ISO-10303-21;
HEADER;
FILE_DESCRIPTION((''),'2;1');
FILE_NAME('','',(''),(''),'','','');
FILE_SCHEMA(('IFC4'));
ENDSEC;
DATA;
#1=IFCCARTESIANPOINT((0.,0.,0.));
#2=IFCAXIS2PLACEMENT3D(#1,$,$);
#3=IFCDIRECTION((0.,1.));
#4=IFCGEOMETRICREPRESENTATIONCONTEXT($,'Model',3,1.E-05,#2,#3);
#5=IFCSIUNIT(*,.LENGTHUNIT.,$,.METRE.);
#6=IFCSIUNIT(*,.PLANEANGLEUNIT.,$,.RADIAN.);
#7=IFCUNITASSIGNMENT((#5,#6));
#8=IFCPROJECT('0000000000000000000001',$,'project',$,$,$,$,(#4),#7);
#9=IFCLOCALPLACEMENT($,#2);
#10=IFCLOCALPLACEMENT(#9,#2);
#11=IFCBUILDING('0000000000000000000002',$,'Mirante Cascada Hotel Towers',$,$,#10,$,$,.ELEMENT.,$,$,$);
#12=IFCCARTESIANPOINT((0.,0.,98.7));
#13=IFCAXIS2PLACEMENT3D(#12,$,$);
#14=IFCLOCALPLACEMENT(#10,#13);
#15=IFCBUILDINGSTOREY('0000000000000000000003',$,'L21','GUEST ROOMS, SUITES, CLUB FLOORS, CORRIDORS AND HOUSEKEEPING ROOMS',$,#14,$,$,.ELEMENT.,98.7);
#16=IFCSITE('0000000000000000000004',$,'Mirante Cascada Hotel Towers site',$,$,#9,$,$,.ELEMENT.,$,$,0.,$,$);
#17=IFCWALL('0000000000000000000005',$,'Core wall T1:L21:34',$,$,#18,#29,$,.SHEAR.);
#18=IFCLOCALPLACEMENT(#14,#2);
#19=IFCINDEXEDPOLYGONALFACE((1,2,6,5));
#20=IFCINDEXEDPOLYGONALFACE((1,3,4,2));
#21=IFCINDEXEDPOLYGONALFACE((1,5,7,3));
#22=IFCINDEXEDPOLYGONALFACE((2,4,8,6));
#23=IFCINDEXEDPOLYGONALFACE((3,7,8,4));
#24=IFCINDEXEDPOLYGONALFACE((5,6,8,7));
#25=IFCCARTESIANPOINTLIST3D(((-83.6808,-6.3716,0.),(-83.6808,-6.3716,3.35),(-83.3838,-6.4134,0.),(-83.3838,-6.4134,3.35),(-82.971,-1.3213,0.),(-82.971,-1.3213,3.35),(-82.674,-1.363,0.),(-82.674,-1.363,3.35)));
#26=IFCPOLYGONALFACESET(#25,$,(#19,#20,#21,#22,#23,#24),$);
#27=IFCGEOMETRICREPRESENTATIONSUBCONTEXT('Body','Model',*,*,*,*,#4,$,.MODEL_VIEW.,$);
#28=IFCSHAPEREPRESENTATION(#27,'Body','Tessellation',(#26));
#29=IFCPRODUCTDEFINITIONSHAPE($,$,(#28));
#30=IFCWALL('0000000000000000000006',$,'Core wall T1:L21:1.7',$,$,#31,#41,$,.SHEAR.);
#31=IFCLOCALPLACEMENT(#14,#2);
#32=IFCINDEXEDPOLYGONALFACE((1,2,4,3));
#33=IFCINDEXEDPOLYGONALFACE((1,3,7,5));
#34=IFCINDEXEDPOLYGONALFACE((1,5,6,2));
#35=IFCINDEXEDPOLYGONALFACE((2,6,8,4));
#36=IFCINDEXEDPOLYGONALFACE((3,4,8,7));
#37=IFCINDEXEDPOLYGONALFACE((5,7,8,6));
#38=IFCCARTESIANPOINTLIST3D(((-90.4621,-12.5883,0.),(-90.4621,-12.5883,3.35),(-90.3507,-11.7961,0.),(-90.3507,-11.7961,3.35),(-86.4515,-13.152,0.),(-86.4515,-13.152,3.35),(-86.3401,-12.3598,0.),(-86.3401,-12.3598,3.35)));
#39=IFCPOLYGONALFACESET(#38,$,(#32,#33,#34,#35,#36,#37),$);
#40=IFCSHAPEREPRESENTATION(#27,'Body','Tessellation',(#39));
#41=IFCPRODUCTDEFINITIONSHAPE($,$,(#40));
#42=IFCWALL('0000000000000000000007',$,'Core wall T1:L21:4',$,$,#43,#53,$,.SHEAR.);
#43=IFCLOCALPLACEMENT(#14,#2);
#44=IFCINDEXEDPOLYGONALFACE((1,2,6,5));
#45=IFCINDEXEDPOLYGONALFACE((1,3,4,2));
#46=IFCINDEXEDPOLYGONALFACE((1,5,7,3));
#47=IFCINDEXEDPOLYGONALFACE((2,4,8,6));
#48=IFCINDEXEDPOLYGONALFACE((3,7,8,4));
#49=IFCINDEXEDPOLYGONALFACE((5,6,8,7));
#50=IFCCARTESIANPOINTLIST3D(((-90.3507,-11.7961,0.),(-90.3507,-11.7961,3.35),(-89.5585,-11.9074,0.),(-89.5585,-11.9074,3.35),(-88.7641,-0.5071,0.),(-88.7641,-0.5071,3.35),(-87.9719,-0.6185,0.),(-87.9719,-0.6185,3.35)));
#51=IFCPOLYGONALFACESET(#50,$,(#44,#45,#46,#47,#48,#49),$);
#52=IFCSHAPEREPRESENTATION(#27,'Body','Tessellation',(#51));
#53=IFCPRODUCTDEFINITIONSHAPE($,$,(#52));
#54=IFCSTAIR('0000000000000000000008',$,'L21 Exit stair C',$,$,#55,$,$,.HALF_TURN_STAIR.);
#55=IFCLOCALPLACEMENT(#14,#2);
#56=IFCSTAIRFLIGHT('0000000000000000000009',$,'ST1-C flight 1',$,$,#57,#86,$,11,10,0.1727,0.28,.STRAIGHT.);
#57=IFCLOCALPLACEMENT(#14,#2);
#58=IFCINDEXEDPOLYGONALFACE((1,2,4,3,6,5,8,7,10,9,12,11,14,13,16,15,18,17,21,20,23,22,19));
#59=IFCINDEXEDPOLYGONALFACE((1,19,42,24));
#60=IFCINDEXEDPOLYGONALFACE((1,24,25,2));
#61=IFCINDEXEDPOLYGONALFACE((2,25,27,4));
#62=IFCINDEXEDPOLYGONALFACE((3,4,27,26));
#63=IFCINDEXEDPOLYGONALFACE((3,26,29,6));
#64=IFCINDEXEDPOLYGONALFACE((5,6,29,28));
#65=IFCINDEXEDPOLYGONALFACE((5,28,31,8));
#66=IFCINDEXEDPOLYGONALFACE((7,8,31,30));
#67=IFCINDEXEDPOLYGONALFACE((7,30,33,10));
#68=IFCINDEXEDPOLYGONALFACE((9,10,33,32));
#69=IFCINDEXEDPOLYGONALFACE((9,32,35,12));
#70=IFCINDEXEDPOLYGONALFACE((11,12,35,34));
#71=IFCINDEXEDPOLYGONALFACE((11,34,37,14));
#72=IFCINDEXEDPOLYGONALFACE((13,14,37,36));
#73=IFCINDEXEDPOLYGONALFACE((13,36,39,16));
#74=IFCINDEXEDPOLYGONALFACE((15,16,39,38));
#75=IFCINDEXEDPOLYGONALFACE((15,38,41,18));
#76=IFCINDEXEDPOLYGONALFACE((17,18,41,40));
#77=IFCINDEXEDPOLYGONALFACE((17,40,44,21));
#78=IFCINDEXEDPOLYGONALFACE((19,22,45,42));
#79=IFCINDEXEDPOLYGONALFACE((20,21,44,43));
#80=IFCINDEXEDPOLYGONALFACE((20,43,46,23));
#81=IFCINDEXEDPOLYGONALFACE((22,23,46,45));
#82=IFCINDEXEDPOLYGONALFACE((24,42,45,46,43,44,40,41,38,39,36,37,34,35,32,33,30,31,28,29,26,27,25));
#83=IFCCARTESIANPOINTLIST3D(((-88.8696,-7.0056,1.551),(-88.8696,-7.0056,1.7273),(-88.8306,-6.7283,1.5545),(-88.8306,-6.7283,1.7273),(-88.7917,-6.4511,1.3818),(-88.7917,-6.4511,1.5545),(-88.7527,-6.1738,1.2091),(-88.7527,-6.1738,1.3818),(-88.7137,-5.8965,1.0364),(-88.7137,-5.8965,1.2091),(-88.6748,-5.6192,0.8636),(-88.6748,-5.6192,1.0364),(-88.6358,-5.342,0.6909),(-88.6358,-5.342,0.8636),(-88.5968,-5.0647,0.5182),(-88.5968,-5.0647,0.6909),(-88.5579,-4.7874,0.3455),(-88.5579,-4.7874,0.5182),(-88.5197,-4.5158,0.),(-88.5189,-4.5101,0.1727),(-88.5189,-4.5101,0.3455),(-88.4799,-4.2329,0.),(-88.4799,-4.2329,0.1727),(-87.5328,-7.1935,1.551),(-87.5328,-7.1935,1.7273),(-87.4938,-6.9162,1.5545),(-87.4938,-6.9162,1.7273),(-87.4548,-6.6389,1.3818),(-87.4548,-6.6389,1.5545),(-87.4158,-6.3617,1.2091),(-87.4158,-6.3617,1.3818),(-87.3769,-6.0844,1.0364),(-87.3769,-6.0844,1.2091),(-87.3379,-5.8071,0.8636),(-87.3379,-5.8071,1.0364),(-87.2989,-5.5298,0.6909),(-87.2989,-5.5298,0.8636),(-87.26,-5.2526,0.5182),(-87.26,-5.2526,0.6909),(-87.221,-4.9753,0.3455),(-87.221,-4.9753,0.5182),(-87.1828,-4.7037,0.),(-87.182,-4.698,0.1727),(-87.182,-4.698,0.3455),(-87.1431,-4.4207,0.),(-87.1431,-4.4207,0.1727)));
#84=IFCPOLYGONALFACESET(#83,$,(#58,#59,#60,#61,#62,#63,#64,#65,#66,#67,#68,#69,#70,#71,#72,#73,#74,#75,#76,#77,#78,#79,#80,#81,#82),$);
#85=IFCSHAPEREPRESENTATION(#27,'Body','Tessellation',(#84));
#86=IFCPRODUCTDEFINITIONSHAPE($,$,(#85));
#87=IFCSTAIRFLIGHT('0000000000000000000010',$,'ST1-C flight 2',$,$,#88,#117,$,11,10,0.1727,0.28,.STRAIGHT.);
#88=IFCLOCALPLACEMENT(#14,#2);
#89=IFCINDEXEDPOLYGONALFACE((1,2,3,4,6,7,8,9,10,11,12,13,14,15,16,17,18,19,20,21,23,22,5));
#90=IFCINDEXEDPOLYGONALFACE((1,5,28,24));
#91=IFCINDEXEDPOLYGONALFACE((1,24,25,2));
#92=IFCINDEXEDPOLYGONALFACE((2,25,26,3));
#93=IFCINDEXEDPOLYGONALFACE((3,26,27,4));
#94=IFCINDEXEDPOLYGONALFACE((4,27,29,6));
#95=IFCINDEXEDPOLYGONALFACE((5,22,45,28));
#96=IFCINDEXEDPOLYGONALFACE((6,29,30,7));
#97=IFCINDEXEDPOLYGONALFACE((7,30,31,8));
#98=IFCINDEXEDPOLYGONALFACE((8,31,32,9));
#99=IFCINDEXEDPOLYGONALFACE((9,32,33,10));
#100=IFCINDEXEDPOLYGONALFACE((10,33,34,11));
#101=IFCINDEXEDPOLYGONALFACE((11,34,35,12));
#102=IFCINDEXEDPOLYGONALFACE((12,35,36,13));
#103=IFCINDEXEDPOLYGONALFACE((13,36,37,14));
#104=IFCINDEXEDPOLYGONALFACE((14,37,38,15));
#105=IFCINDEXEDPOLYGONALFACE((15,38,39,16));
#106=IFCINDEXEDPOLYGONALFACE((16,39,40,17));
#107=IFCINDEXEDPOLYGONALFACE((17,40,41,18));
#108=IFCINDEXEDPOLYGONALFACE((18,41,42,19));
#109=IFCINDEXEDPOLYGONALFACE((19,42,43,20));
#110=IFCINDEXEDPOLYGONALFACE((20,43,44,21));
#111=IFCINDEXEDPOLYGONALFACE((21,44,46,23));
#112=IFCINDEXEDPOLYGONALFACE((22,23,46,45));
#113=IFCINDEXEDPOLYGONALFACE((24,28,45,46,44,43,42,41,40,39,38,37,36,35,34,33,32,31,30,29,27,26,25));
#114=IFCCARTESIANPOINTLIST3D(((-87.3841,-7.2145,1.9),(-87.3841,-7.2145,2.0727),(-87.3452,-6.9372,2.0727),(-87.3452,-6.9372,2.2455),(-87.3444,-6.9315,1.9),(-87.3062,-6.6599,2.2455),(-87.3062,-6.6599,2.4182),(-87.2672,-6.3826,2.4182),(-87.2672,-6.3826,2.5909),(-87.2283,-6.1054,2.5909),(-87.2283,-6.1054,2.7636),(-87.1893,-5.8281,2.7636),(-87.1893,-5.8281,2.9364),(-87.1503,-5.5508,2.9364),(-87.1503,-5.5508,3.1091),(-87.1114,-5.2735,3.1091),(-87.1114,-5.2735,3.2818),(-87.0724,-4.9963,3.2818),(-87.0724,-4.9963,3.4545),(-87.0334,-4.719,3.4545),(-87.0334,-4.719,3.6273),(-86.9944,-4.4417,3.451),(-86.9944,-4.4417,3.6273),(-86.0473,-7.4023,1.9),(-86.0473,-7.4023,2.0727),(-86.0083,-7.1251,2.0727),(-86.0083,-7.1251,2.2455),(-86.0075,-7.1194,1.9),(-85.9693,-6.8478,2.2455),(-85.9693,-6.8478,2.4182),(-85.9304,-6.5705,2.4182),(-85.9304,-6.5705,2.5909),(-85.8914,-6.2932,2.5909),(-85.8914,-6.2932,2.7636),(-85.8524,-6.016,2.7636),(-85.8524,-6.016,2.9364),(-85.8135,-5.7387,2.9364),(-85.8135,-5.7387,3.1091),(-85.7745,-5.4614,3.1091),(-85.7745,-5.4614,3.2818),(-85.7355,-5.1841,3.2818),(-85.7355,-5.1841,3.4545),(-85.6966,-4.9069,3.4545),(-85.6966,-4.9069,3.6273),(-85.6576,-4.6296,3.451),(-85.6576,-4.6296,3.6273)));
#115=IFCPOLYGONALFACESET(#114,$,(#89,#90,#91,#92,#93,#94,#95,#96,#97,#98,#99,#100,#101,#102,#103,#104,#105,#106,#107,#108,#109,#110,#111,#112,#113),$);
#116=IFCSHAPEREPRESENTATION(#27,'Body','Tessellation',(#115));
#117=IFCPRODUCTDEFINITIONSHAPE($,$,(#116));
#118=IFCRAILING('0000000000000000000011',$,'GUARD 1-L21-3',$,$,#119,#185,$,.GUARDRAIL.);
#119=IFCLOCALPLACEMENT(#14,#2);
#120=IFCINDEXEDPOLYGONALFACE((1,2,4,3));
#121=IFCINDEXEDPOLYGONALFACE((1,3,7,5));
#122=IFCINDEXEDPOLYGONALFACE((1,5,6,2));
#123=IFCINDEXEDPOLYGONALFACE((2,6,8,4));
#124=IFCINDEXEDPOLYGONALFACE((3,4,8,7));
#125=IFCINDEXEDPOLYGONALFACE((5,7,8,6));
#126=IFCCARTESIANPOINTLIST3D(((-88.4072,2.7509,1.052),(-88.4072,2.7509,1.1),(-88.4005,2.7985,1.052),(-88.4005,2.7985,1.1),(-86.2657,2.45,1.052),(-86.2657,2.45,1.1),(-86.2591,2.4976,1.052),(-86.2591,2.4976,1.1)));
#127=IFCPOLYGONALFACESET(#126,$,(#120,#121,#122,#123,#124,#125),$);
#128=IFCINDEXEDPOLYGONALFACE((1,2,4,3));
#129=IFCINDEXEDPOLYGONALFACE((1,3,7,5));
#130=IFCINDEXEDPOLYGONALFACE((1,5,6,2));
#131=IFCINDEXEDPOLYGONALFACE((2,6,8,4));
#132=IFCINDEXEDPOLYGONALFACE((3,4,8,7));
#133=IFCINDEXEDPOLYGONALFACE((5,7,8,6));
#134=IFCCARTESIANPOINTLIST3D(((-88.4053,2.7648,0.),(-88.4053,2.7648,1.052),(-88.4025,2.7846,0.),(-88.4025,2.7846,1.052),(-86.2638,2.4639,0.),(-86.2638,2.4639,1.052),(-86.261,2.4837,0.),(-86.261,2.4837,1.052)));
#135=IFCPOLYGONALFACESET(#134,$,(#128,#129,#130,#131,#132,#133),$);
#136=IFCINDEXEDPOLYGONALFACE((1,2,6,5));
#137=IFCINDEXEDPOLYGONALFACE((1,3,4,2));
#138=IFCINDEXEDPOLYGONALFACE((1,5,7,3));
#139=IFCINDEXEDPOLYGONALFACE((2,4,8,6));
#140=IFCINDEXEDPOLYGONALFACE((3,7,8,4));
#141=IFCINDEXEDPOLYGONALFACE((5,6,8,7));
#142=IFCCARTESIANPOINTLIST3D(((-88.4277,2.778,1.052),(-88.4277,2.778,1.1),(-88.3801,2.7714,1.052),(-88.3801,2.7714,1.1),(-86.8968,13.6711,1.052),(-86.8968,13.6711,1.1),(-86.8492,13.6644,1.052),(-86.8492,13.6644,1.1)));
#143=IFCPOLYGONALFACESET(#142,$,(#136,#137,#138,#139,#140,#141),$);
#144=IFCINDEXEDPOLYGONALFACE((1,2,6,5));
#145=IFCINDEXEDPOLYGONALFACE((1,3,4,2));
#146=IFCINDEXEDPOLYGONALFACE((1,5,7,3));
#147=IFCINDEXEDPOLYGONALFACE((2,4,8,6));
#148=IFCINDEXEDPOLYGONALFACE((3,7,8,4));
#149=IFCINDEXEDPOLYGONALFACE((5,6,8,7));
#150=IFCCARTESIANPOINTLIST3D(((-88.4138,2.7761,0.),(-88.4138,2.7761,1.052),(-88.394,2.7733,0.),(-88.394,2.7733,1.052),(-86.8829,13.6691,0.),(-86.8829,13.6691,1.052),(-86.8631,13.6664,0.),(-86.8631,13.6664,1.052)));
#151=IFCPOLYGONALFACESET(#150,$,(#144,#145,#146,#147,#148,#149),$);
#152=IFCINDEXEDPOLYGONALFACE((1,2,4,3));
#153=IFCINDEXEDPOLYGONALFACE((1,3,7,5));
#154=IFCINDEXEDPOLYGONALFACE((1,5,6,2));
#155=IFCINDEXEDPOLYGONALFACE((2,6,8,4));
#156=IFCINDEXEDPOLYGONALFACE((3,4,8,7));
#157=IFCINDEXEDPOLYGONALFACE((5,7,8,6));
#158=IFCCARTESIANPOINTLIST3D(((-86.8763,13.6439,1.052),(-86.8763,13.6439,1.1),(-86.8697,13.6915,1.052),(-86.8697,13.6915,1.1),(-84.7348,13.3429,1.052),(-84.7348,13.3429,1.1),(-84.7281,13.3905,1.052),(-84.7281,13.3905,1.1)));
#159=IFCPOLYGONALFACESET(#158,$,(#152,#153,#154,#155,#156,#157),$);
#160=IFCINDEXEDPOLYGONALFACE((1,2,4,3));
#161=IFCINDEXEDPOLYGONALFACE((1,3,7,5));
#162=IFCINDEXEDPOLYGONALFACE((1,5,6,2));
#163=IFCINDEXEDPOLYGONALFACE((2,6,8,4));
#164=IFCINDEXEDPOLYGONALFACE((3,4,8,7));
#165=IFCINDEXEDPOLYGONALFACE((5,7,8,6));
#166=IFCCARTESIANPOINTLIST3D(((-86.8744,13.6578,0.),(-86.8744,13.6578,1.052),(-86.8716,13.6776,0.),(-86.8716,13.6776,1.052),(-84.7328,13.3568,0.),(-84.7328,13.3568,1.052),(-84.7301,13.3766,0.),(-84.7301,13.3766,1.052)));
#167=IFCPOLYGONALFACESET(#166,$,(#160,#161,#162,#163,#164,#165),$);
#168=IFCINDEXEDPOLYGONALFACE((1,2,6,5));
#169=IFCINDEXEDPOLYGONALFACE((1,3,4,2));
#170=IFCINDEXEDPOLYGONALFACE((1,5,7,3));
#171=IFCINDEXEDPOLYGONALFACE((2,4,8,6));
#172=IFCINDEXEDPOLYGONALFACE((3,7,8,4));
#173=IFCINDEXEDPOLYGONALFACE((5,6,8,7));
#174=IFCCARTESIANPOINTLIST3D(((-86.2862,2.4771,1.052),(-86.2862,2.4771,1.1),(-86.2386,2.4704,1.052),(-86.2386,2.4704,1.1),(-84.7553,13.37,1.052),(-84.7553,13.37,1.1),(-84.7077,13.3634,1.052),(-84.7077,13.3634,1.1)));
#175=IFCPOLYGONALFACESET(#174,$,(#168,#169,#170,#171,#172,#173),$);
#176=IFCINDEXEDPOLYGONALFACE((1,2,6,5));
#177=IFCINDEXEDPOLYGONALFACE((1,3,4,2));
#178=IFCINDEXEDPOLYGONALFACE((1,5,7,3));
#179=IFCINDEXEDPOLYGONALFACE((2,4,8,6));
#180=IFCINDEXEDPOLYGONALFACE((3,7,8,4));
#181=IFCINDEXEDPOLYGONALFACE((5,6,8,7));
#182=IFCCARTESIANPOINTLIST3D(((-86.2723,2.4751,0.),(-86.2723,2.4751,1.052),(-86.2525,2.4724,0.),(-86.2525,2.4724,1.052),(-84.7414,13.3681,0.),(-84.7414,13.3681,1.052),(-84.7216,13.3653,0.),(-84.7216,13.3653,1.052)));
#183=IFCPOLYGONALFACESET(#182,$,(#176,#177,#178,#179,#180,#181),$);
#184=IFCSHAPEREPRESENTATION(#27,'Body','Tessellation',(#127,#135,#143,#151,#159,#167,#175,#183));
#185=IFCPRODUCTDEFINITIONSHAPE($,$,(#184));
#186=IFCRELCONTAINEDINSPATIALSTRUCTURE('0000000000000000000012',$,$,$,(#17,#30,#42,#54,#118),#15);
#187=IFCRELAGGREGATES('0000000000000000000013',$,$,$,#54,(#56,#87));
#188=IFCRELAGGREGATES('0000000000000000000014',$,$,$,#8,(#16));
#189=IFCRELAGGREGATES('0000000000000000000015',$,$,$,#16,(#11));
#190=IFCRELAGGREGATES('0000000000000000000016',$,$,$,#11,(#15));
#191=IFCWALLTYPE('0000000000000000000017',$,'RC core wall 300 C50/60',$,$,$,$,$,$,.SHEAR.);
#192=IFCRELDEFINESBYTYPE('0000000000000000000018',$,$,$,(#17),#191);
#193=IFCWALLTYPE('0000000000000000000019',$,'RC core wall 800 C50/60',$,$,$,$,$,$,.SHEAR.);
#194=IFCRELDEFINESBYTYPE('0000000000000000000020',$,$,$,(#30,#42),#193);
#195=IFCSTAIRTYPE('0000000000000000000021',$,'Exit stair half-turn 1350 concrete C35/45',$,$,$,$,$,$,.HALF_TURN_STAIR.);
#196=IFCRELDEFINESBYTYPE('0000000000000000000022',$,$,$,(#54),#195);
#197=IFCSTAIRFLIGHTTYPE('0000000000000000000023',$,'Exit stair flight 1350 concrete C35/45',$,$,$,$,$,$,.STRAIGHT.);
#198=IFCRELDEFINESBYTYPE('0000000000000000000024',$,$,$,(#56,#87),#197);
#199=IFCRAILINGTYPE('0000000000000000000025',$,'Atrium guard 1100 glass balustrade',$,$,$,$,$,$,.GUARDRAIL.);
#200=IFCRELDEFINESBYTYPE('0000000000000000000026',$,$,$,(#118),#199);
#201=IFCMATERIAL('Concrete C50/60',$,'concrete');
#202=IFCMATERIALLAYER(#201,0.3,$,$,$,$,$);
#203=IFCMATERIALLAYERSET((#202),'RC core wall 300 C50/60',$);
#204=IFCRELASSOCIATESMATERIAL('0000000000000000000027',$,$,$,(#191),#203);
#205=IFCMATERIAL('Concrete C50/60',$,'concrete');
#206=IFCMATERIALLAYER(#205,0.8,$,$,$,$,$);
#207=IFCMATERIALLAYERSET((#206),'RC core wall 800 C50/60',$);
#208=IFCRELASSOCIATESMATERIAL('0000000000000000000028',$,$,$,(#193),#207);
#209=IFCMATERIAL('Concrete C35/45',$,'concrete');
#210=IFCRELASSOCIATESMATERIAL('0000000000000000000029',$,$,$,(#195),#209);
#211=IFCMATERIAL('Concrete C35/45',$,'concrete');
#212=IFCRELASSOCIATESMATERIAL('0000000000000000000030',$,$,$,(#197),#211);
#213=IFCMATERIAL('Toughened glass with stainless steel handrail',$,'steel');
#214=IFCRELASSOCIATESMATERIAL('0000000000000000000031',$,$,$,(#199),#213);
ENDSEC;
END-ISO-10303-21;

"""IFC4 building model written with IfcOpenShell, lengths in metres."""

from ifc_helpers import new_model, si_unit, direction, frame, frame_2d, origin, origin_2d, place, context, subcontext, project, spatial, polyline, rectangle, outline, extrude, material, layer, layer_set, type_object, element, aggregate, save


model = new_model("IFC4")

# Units and contexts
model_context = context("Model", 3, precision=1e-05, world=origin(), true_north=direction((0.0, 1.0)))
body_context = subcontext(model_context, "Body", "Model", "MODEL_VIEW")
ifc_project = project(units=[si_unit("LENGTHUNIT", "METRE"), si_unit("PLANEANGLEUNIT", "RADIAN")], contexts=[model_context])

# Site, building, storey
site_placement = place(None, origin())
site = spatial("IfcSite", under=ifc_project, at=site_placement, Name="Mirante Cascada Hotel Towers site", CompositionType="ELEMENT", RefElevation=0.0)
building_placement = place(site_placement, origin())
building = spatial("IfcBuilding", under=site, at=building_placement, Name="Mirante Cascada Hotel Towers", CompositionType="ELEMENT")
storey_placement = place(building_placement, frame((0.0, 0.0, 98.7)))
storey = spatial("IfcBuildingStorey", under=building, at=storey_placement, Name="L21", Description="GUEST ROOMS, SUITES, CLUB FLOORS, CORRIDORS AND HOUSEKEEPING ROOMS", CompositionType="ELEMENT", Elevation=98.7)

# Shared definitions
ifc_material_1 = material(Name="Concrete C50/60", Category="concrete")
ifc_layer_1 = layer(ifc_material_1, 0.3)
ifc_layer_set_1 = layer_set([ifc_layer_1], Name="RC core wall 300 C50/60")
wall_type_1 = type_object("IfcWallType", Name="RC core wall 300 C50/60", PredefinedType="SHEAR", material=ifc_layer_set_1)

# Walls
wall_1_placement = place(storey_placement, frame((-83.5323, -6.3925, 0.0), z_axis=(0.0, 0.0, 1.0), x_axis=(0.139176, 0.990268, 0.0)))
element("IfcWall", 1, at=wall_1_placement, inside=storey, type_object=wall_type_1, Name="Core wall T1:L21:34", PredefinedType="SHEAR", context=body_context, shape_type="SweptSolid", body=[
    extrude(rectangle(XDim=5.1, YDim=0.3, at=frame_2d((2.55, 0.0))), origin(), (0.0, 0.0, 1.0), 3.35),
])
ifc_material_2 = material(Name="Concrete C50/60", Category="concrete")
ifc_layer_2 = layer(ifc_material_2, 0.8)
ifc_layer_set_2 = layer_set([ifc_layer_2], Name="RC core wall 800 C50/60")
wall_type_2 = type_object("IfcWallType", Name="RC core wall 800 C50/60", PredefinedType="SHEAR", material=ifc_layer_set_2)
wall_2_placement = place(storey_placement, frame((-86.3958, -12.7559, 0.0), z_axis=(0.0, 0.0, 1.0), x_axis=(-0.990267, 0.139184, 0.0)))
element("IfcWall", 2, at=wall_2_placement, inside=storey, type_object=wall_type_2, Name="Core wall T1:L21:1.7", PredefinedType="SHEAR", context=body_context, shape_type="SweptSolid", body=[
    extrude(rectangle(XDim=4.05, YDim=0.8, at=frame_2d((2.025, 0.0))), origin(), (0.0, 0.0, 1.0), 3.35),
])
wall_3_placement = place(storey_placement, frame((-89.9546, -11.8518, 0.0), z_axis=(0.0, 0.0, 1.0), x_axis=(0.139176, 0.990268, 0.0)))
element("IfcWall", 3, at=wall_3_placement, inside=storey, type_object=wall_type_2, Name="Core wall T1:L21:4", PredefinedType="SHEAR", context=body_context, shape_type="SweptSolid", body=[
    extrude(rectangle(XDim=11.3999, YDim=0.8, at=frame_2d((5.7, 0.0))), origin(), (0.0, 0.0, 1.0), 3.35),
])

# Stair, stair flights
ifc_material_3 = material(Name="Concrete C35/45", Category="concrete")
stair_type = type_object("IfcStairType", Name="Exit stair half-turn 1350 concrete C35/45", PredefinedType="HALF_TURN_STAIR", material=ifc_material_3)
stair_placement = place(storey_placement, origin())
stair = element("IfcStair", 4, at=stair_placement, inside=storey, type_object=stair_type, Name="L21 Exit stair C", PredefinedType="HALF_TURN_STAIR")
ifc_material_4 = material(Name="Concrete C35/45", Category="concrete")
stair_flight_type = type_object("IfcStairFlightType", Name="Exit stair flight 1350 concrete C35/45", PredefinedType="STRAIGHT", material=ifc_material_4)
stair_flight_1_placement = place(storey_placement, frame((-87.8115, -4.3268, 0.0), z_axis=(0.0, 0.0, 1.0), x_axis=(-0.139173, -0.990268, 0.0)))
stair_flight_1 = element("IfcStairFlight", 5, at=stair_flight_1_placement, type_object=stair_flight_type, Name="ST1-C flight 1", NumberOfRisers=11, NumberOfTreads=10, PredefinedType="STRAIGHT", RiserHeight=0.1727, TreadLength=0.28, context=body_context, shape_type="SweptSolid", body=[
    extrude(outline(polyline([(0.0, 0.0), (0.0, 0.1727), (0.28, 0.1727), (0.28, 0.3455), (0.56, 0.3455), (0.56, 0.5182), (0.84, 0.5182), (0.84, 0.6909), (1.12, 0.6909), (1.12, 0.8636), (1.4, 0.8636), (1.4, 1.0364), (1.68, 1.0364), (1.68, 1.2091), (1.96, 1.2091), (1.96, 1.3818), (2.24, 1.3818), (2.24, 1.5545), (2.52, 1.5545), (2.52, 1.7273), (2.8, 1.7273), (2.8, 1.9), (2.8, 1.551), (0.2857, 0.0), (0.0, 0.0)])), frame((0.0, 0.675, 0.0), z_axis=(0.0, -1.0, 0.0), x_axis=(1.0, 0.0, 0.0)), (0.0, 0.0, 1.0), 1.35),
])
stair_flight_2_placement = place(storey_placement, frame((-86.7157, -7.3084, 1.9), z_axis=(0.0, 0.0, 1.0), x_axis=(0.139173, 0.990268, 0.0)))
stair_flight_2 = element("IfcStairFlight", 6, at=stair_flight_2_placement, type_object=stair_flight_type, Name="ST1-C flight 2", NumberOfRisers=11, NumberOfTreads=10, PredefinedType="STRAIGHT", RiserHeight=0.1727, TreadLength=0.28, context=body_context, shape_type="SweptSolid", body=[
    extrude(outline(polyline([(0.0, 0.0), (0.0, 0.1727), (0.28, 0.1727), (0.28, 0.3455), (0.56, 0.3455), (0.56, 0.5182), (0.84, 0.5182), (0.84, 0.6909), (1.12, 0.6909), (1.12, 0.8636), (1.4, 0.8636), (1.4, 1.0364), (1.68, 1.0364), (1.68, 1.2091), (1.96, 1.2091), (1.96, 1.3818), (2.24, 1.3818), (2.24, 1.5545), (2.52, 1.5545), (2.52, 1.7273), (2.8, 1.7273), (2.8, 1.9), (2.8, 1.551), (0.2857, 0.0), (0.0, 0.0)])), frame((0.0, 0.675, 0.0), z_axis=(0.0, -1.0, 0.0), x_axis=(1.0, 0.0, 0.0)), (0.0, 0.0, 1.0), 1.35),
])
aggregate(stair, [stair_flight_1, stair_flight_2])

# Railing
ifc_material_5 = material(Name="Toughened glass with stainless steel handrail", Category="steel")
railing_type_1 = type_object("IfcRailingType", Name="Atrium guard 1100 glass balustrade", PredefinedType="GUARDRAIL", material=ifc_material_5)
railing_1_placement = place(storey_placement, frame((-86.2624, 2.4738, 0.0)))
element("IfcRailing", 7, at=railing_1_placement, inside=storey, type_object=railing_type_1, Name="GUARD 1-L21-3", PredefinedType="GUARDRAIL", context=body_context, shape_type="SweptSolid", body=[
    extrude(rectangle(XDim=0.048, YDim=0.048, at=origin_2d()), frame((0.0, 0.0, 1.076), z_axis=(-0.990272, 0.139142, 0.0), x_axis=(-0.139142, -0.990272, 0.0)), (0.0, 0.0, 1.0), 2.1625),
    extrude(rectangle(XDim=0.02, YDim=1.052, at=origin_2d()), frame((0.0, 0.0, 0.526), z_axis=(-0.990272, 0.139142, 0.0), x_axis=(-0.139142, -0.990272, 0.0)), (0.0, 0.0, 1.0), 2.1625),
    extrude(rectangle(XDim=0.048, YDim=0.048, at=origin_2d()), frame((-2.1415, 0.3009, 1.076), z_axis=(0.139172, 0.990268, 0.0), x_axis=(-0.990268, 0.139172, 0.0)), (0.0, 0.0, 1.0), 11.0001),
    extrude(rectangle(XDim=0.02, YDim=1.052, at=origin_2d()), frame((-2.1415, 0.3009, 0.526), z_axis=(0.139172, 0.990268, 0.0), x_axis=(-0.990268, 0.139172, 0.0)), (0.0, 0.0, 1.0), 11.0001),
    extrude(rectangle(XDim=0.048, YDim=0.048, at=origin_2d()), frame((-0.6106, 11.1939, 1.076), z_axis=(0.990266, -0.139187, 0.0), x_axis=(0.139187, 0.990266, 0.0)), (0.0, 0.0, 1.0), 2.1626),
    extrude(rectangle(XDim=0.02, YDim=1.052, at=origin_2d()), frame((-0.6106, 11.1939, 0.526), z_axis=(0.990266, -0.139187, 0.0), x_axis=(0.139187, 0.990266, 0.0)), (0.0, 0.0, 1.0), 2.1626),
    extrude(rectangle(XDim=0.048, YDim=0.048, at=origin_2d()), frame((1.5309, 10.8929, 1.076), z_axis=(-0.139173, -0.990268, 0.0), x_axis=(0.990268, -0.139173, 0.0)), (0.0, 0.0, 1.0), 11.0),
    extrude(rectangle(XDim=0.02, YDim=1.052, at=origin_2d()), frame((1.5309, 10.8929, 0.526), z_axis=(-0.139173, -0.990268, 0.0), x_axis=(0.990268, -0.139173, 0.0)), (0.0, 0.0, 1.0), 11.0),
])

save(model, "model.ifc")
